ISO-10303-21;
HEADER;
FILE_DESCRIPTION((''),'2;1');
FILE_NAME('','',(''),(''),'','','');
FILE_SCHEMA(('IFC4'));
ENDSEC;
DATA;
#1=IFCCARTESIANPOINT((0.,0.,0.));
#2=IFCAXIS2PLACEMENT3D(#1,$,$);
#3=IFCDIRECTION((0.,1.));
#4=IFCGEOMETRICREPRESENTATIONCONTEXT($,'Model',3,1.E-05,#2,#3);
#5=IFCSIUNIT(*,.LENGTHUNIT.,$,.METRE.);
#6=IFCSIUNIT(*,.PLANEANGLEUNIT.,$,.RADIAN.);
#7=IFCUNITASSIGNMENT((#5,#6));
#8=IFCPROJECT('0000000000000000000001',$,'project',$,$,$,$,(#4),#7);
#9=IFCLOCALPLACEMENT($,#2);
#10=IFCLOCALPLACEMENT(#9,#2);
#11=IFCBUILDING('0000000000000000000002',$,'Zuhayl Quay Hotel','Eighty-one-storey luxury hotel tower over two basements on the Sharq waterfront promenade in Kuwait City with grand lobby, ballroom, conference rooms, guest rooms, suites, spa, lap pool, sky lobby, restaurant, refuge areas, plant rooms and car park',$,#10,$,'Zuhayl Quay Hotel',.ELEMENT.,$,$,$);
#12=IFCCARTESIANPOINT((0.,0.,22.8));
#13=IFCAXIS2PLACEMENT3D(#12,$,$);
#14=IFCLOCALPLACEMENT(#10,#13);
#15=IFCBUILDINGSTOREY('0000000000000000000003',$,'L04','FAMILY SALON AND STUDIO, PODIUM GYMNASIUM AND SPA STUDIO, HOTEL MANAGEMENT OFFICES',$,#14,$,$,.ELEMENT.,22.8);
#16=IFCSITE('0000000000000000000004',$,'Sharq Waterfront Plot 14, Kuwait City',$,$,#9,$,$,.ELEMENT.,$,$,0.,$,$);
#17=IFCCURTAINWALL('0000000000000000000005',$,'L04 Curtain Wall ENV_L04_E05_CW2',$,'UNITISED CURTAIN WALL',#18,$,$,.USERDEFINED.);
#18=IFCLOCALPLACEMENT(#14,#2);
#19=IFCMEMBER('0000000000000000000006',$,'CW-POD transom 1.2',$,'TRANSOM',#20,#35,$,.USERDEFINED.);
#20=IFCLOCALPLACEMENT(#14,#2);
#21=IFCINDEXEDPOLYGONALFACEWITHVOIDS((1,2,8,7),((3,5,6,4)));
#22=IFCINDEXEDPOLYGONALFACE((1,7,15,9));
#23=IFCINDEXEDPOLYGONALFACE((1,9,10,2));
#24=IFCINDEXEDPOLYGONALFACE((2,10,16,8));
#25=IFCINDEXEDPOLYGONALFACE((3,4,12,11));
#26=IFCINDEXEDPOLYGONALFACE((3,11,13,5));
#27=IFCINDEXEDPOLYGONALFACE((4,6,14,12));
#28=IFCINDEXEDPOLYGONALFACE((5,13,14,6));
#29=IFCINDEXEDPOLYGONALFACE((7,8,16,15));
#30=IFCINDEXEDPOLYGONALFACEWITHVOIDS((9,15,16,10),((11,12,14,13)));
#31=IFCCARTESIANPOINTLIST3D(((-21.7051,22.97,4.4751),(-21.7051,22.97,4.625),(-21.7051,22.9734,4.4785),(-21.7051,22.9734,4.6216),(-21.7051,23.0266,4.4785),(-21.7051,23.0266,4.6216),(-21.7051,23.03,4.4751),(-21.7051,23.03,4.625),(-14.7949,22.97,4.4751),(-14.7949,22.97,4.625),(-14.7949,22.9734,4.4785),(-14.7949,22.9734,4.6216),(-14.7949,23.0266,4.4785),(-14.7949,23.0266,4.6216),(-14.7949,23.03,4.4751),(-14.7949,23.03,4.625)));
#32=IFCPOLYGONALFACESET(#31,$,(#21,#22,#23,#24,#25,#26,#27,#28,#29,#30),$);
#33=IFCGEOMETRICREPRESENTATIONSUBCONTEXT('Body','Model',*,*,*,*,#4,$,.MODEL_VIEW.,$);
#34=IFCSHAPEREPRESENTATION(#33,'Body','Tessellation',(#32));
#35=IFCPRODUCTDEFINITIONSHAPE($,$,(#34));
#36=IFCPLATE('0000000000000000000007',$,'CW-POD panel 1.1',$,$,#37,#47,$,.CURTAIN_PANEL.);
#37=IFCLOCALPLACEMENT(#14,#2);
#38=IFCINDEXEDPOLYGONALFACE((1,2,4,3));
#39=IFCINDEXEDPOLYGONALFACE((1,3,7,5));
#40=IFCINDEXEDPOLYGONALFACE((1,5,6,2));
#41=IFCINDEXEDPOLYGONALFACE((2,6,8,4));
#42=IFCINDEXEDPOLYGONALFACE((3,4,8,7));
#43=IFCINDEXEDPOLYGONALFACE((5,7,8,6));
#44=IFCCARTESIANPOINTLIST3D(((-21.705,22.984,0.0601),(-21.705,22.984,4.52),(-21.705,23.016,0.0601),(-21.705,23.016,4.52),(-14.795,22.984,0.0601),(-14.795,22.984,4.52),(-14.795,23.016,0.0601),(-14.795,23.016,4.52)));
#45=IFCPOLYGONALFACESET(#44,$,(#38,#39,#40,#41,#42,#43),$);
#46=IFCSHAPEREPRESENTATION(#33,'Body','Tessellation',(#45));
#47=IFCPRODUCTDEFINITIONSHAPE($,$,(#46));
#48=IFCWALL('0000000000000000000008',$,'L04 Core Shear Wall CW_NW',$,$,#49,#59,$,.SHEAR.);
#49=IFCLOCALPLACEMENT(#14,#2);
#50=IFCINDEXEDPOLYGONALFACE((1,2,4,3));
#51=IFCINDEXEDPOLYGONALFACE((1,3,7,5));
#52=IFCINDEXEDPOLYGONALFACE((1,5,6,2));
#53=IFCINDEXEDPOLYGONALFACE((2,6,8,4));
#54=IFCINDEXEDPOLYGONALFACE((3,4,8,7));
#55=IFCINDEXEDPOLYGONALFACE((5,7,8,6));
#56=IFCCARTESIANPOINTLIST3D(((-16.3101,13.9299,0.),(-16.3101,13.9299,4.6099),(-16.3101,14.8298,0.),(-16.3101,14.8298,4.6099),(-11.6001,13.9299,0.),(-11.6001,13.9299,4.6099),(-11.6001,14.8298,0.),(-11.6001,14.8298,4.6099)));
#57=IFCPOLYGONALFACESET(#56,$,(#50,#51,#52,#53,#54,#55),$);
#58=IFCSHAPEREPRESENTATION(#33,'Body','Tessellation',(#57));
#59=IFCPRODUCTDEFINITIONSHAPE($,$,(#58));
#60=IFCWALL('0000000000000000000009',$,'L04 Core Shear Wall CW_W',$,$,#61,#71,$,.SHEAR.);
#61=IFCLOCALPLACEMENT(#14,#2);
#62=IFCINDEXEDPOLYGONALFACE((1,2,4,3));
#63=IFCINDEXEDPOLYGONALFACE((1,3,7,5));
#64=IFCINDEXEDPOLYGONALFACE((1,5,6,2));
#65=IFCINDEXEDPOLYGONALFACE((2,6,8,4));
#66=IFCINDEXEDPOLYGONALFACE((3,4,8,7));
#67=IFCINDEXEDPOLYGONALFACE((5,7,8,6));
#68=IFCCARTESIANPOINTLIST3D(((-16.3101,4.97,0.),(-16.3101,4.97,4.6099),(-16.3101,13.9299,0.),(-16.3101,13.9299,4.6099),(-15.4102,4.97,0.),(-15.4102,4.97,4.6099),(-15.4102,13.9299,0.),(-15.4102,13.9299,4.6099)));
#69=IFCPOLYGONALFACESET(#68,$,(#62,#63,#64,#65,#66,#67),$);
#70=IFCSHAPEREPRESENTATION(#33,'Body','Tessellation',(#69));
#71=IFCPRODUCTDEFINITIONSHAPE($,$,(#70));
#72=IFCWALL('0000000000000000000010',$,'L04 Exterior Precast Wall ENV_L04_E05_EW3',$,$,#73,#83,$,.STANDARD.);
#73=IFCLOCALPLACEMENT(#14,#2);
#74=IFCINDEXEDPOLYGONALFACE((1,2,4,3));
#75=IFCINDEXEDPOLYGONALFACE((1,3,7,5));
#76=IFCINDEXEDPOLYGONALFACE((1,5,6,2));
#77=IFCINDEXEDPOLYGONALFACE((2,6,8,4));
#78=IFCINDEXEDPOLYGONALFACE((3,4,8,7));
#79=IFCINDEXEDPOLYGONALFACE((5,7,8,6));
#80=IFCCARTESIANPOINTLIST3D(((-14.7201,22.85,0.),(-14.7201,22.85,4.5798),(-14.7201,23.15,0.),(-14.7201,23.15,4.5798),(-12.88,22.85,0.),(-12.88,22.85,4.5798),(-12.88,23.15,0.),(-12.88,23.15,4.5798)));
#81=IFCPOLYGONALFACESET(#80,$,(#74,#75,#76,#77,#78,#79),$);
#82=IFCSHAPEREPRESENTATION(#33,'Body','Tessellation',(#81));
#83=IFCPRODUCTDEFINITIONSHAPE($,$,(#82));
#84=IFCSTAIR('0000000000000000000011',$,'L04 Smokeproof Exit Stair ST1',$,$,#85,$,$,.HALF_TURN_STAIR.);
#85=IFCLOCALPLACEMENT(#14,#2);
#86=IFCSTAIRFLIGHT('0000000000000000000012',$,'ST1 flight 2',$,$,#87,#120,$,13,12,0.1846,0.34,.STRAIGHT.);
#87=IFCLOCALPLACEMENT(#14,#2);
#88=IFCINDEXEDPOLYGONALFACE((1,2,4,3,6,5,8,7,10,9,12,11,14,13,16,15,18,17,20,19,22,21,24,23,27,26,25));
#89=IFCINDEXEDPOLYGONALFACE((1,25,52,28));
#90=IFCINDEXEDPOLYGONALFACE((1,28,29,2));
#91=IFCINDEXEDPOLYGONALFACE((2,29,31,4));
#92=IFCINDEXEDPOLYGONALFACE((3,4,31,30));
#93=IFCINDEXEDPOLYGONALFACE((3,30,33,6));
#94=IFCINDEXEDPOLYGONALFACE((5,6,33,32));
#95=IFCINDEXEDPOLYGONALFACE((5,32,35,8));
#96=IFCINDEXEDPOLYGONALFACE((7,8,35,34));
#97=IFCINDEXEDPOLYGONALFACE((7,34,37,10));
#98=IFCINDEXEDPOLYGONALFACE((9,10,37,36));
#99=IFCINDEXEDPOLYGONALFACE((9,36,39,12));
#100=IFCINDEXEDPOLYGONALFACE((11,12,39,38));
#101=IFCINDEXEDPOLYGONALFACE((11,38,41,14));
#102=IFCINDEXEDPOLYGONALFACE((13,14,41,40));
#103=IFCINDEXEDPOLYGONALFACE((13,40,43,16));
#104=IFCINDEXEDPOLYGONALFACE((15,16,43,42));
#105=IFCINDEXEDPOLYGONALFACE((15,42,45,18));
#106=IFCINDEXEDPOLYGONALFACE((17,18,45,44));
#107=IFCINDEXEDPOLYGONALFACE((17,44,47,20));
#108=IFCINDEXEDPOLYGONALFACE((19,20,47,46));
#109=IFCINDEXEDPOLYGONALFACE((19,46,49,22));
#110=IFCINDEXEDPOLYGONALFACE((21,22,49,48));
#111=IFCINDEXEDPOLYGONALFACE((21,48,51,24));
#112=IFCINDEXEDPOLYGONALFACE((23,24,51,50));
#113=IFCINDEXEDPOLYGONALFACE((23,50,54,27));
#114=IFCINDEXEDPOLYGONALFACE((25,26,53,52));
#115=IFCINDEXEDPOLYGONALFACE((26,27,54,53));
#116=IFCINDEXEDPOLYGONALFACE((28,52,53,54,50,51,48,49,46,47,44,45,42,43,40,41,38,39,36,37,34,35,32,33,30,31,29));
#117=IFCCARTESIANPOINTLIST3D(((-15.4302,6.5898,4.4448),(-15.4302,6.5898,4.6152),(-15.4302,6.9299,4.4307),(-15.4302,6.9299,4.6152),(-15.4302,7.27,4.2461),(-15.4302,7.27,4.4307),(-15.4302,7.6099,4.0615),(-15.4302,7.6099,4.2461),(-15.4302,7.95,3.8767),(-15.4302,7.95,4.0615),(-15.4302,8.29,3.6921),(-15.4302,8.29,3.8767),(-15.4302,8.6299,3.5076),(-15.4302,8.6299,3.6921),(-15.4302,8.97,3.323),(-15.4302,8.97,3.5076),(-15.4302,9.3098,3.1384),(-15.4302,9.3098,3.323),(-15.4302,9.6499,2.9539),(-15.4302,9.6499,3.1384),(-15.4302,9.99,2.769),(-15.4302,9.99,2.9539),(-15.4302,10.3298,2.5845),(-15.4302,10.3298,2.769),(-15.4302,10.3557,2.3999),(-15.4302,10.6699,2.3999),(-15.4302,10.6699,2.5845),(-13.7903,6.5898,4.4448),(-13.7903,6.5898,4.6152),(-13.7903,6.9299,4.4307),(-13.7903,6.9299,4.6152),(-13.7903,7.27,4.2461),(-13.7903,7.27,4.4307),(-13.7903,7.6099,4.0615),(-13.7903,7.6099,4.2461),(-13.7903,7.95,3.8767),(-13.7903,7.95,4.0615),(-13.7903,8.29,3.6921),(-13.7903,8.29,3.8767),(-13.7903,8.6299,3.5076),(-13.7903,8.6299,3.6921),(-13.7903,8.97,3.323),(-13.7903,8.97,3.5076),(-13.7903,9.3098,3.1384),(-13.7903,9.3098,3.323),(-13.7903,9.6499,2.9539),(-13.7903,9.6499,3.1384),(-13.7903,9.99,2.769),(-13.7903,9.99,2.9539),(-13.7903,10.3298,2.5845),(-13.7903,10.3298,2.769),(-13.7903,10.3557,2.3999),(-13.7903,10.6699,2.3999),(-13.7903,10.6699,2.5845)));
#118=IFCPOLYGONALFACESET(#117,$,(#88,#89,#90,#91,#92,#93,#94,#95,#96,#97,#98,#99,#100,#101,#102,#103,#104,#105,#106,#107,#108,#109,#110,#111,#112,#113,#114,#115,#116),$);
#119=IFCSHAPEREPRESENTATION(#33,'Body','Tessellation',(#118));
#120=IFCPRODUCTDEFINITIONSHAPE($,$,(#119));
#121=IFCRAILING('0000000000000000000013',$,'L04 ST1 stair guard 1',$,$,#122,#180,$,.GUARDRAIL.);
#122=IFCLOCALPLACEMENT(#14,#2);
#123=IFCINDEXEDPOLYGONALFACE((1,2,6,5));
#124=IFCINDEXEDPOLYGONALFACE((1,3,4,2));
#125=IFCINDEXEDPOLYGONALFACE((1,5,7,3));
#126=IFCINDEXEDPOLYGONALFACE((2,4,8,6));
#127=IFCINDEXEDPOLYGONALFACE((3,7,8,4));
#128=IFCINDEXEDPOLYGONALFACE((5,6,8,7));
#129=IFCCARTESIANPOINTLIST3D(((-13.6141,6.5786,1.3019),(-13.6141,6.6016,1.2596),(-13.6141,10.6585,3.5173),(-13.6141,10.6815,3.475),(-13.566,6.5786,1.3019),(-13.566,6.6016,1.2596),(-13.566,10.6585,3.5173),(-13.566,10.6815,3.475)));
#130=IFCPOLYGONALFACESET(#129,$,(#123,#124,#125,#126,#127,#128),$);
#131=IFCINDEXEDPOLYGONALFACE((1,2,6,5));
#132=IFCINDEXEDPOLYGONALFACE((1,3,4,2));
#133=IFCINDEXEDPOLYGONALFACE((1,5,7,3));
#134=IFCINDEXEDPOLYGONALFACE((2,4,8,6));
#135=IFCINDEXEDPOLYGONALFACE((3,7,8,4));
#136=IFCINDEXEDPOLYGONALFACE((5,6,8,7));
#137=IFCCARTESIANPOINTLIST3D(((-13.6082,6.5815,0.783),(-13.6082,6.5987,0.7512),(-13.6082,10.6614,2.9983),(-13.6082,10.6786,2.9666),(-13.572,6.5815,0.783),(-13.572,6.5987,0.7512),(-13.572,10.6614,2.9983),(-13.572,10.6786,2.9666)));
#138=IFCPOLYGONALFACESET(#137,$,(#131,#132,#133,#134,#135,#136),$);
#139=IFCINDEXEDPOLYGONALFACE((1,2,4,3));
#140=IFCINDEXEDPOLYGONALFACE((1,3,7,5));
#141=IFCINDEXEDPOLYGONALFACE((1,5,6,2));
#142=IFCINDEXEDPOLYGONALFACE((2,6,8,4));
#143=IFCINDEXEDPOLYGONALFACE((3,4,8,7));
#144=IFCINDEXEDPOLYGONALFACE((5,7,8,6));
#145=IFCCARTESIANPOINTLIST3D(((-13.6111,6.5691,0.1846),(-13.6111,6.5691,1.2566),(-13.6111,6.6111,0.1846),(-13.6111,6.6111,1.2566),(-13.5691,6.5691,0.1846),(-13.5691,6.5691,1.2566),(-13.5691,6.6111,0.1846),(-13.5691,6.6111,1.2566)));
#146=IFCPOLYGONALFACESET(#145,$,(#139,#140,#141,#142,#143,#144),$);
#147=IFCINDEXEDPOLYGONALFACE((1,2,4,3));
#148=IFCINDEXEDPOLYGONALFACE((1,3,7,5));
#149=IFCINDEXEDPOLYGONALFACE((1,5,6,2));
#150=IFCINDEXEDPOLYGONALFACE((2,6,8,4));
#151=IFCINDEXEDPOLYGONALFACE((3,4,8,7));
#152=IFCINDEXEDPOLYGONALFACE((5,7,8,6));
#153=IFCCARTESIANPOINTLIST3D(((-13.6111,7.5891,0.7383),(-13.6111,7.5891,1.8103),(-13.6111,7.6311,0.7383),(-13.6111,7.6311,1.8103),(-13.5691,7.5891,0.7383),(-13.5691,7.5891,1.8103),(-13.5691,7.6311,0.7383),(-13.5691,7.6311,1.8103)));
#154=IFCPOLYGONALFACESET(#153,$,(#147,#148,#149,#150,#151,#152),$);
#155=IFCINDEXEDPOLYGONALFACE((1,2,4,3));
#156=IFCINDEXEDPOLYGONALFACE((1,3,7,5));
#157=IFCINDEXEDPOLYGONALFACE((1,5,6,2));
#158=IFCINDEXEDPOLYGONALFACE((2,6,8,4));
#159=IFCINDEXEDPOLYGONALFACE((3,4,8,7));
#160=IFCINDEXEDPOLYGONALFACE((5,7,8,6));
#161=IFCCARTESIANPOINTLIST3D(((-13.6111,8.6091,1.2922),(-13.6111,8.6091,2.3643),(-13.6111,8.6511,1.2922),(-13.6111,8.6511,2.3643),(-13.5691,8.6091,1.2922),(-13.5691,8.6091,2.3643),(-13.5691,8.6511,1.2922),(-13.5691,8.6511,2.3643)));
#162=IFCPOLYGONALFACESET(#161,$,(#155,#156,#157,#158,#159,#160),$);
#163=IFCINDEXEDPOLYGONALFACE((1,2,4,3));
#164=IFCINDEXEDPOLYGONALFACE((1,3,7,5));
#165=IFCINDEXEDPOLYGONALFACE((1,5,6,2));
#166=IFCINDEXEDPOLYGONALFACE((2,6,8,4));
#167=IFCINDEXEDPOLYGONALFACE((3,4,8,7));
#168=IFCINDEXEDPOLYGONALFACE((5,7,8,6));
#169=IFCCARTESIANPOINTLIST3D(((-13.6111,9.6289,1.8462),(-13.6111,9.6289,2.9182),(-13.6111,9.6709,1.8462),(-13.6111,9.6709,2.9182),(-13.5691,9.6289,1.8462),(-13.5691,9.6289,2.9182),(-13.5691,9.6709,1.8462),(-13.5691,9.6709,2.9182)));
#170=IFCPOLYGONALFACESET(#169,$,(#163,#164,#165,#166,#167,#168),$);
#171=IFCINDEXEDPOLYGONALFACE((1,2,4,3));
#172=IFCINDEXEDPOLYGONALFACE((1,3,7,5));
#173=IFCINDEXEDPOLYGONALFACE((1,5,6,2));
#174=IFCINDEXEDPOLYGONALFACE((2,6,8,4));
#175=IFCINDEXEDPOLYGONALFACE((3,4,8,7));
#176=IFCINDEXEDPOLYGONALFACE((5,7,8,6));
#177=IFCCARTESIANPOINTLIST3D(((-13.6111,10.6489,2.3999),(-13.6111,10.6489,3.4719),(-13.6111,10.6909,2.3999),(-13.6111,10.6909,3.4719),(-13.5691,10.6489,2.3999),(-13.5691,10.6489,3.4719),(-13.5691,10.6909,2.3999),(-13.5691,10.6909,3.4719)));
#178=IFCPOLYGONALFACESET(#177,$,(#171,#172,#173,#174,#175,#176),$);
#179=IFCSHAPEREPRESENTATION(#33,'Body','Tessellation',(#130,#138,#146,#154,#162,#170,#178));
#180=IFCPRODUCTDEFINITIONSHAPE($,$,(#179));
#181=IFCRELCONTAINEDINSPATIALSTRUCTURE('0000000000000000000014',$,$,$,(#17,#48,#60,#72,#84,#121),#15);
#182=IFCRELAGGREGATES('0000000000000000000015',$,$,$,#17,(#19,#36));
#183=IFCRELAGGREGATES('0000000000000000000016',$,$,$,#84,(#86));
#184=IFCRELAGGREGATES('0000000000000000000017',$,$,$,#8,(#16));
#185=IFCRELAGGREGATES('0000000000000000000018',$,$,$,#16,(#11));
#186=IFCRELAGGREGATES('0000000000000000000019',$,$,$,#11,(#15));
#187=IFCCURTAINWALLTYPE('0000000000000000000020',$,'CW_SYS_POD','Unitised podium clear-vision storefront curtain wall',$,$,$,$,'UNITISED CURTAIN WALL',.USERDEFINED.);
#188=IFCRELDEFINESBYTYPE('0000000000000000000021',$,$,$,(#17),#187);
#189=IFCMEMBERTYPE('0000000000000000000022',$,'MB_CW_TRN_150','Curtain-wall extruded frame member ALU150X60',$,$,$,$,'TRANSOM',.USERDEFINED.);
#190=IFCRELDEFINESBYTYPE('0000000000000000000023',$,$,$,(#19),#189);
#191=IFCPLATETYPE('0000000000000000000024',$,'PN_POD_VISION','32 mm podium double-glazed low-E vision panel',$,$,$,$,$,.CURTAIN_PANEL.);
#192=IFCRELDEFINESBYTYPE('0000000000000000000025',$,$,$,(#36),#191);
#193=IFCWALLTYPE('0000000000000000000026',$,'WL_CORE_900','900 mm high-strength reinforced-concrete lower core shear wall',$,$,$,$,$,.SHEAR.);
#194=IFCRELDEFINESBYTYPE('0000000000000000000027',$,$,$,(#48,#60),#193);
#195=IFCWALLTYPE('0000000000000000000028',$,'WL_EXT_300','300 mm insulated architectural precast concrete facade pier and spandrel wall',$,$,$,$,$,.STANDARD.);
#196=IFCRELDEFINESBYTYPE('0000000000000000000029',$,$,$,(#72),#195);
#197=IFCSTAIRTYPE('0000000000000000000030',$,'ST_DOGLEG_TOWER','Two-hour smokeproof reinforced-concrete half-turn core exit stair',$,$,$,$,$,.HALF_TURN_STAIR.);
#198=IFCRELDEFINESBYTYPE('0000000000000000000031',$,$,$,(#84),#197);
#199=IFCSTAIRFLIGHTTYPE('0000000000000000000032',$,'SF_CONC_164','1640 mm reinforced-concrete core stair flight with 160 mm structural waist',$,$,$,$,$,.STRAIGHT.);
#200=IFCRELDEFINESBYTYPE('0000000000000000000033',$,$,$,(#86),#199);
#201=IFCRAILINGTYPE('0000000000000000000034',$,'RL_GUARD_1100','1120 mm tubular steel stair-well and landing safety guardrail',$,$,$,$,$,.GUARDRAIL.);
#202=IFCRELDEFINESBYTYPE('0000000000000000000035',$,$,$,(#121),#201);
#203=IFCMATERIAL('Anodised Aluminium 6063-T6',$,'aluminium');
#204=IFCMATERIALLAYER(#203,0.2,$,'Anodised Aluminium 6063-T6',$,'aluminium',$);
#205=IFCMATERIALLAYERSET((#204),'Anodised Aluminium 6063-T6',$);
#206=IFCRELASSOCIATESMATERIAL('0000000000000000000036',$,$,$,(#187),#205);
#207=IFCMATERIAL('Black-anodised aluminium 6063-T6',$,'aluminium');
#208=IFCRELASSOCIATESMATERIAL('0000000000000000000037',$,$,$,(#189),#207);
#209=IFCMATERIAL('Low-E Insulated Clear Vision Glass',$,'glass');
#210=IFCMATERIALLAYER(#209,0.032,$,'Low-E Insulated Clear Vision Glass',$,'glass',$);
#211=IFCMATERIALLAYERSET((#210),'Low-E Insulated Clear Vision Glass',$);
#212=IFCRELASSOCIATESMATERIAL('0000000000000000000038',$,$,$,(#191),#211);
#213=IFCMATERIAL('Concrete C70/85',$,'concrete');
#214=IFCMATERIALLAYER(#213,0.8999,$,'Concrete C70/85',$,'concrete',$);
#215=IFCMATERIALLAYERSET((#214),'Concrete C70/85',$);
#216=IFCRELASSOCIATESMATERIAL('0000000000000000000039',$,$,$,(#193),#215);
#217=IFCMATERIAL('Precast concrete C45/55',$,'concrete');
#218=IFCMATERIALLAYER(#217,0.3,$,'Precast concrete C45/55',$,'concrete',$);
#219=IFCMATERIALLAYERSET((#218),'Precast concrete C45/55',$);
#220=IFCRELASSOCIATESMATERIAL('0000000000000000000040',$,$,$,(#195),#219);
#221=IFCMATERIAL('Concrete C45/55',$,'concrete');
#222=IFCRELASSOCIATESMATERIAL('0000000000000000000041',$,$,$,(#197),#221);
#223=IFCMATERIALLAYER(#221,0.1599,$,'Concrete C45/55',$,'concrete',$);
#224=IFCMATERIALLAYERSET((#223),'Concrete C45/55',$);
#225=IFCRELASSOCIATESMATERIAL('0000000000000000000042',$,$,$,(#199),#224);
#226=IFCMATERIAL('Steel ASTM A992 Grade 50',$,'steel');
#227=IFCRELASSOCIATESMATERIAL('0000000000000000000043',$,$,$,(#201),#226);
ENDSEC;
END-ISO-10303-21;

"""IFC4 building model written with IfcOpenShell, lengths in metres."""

from ifc_helpers import new_model, si_unit, direction, frame, frame_2d, origin, origin_2d, place, context, subcontext, project, spatial, polyline, rectangle, hollow_rectangle, outline, extrude, material, layer, layer_set, material_profile, profile_set, type_object, element, aggregate, save


model = new_model("IFC4")

# Units and contexts
model_context = context("Model", 3, precision=1e-05, world=origin(), true_north=direction((0.0, 1.0)))
body_context = subcontext(model_context, "Body", "Model", "MODEL_VIEW")
ifc_project = project(units=[si_unit("LENGTHUNIT", "METRE"), si_unit("PLANEANGLEUNIT", "RADIAN")], contexts=[model_context])

# Site, building, storey
site_placement = place(None, origin())
site = spatial("IfcSite", under=ifc_project, at=site_placement, Name="Sharq Waterfront Plot 14, Kuwait City", CompositionType="ELEMENT", RefElevation=0.0)
building_placement = place(site_placement, origin())
building = spatial("IfcBuilding", under=site, at=building_placement, Name="Zuhayl Quay Hotel", Description="Eighty-one-storey luxury hotel tower over two basements on the Sharq waterfront promenade in Kuwait City with grand lobby, ballroom, conference rooms, guest rooms, suites, spa, lap pool, sky lobby, restaurant, refuge areas, plant rooms and car park", LongName="Zuhayl Quay Hotel", CompositionType="ELEMENT")
storey_placement = place(building_placement, frame((0.0, 0.0, 22.8)))
storey = spatial("IfcBuildingStorey", under=building, at=storey_placement, Name="L04", Description="FAMILY SALON AND STUDIO, PODIUM GYMNASIUM AND SPA STUDIO, HOTEL MANAGEMENT OFFICES", CompositionType="ELEMENT", Elevation=22.8)

# Shared definitions
ifc_material_1 = material(Name="Concrete C70/85", Category="concrete")

# Shared definitions
ifc_material_2 = material(Name="Steel ASTM A992 Grade 50", Category="steel")

# Curtain wall, member, plate
ifc_material_3 = material(Name="Anodised Aluminium 6063-T6", Category="aluminium")
ifc_layer_1 = layer(ifc_material_3, 0.2, Name="Anodised Aluminium 6063-T6", Category="aluminium")
ifc_layer_set_1 = layer_set([ifc_layer_1], Name="Anodised Aluminium 6063-T6")
curtain_wall_type = type_object("IfcCurtainWallType", Name="CW_SYS_POD", Description="Unitised podium clear-vision storefront curtain wall", ElementType="UNITISED CURTAIN WALL", PredefinedType="USERDEFINED", material=ifc_layer_set_1)
curtain_wall_placement = place(storey_placement, origin())
curtain_wall = element("IfcCurtainWall", 1, at=curtain_wall_placement, inside=storey, type_object=curtain_wall_type, Name="L04 Curtain Wall ENV_L04_E05_CW2", ObjectType="UNITISED CURTAIN WALL", PredefinedType="USERDEFINED")
ifc_material_4 = material(Name="Black-anodised aluminium 6063-T6", Category="aluminium")
ifc_material_profile_1 = material_profile(ifc_material_4, hollow_rectangle(XDim=0.0601, YDim=0.1499, WallThickness=0.0034, at=origin_2d()), Name="ALU150X60")
ifc_profile_set_1 = profile_set([ifc_material_profile_1], Name="Black-anodised aluminium 6063-T6")
member_type_1 = type_object("IfcMemberType", Name="MB_CW_TRN_150", Description="Curtain-wall extruded frame member ALU150X60", ElementType="TRANSOM", PredefinedType="USERDEFINED", material=ifc_profile_set_1)
member_1_placement = place(storey_placement, frame((-21.7051, 23.0, 4.55), z_axis=(1.0, 0.0, 0.0), x_axis=(0.0, 1.0, 0.0)))
member_1 = element("IfcMember", 2, at=member_1_placement, type_object=member_type_1, Name="CW-POD transom 1.2", ObjectType="TRANSOM", PredefinedType="USERDEFINED", context=body_context, shape_type="SweptSolid", body=[
    extrude(hollow_rectangle(XDim=0.0601, YDim=0.1499, WallThickness=0.0034, at=origin_2d()), origin(), (0.0, 0.0, 1.0), 6.9102),
])
ifc_material_5 = material(Name="Low-E Insulated Clear Vision Glass", Category="glass")
ifc_layer_2 = layer(ifc_material_5, 0.032, Name="Low-E Insulated Clear Vision Glass", Category="glass")
ifc_layer_set_2 = layer_set([ifc_layer_2], Name="Low-E Insulated Clear Vision Glass")
plate_type = type_object("IfcPlateType", Name="PN_POD_VISION", Description="32 mm podium double-glazed low-E vision panel", PredefinedType="CURTAIN_PANEL", material=ifc_layer_set_2)
plate_placement = place(storey_placement, frame((-18.25, 23.0, 0.0601), z_axis=(0.0, 0.0, 1.0), x_axis=(1.0, 0.0, 0.0)))
plate = element("IfcPlate", 3, at=plate_placement, type_object=plate_type, Name="CW-POD panel 1.1", PredefinedType="CURTAIN_PANEL", context=body_context, shape_type="SweptSolid", body=[
    extrude(rectangle(XDim=6.9099, YDim=0.032, at=origin_2d()), origin(), (0.0, 0.0, 1.0), 4.46),
])
aggregate(curtain_wall, [member_1, plate])

# Walls
ifc_layer_3 = layer(ifc_material_1, 0.8999, Name="Concrete C70/85", Category="concrete")
ifc_layer_set_3 = layer_set([ifc_layer_3], Name="Concrete C70/85")
wall_type_1 = type_object("IfcWallType", Name="WL_CORE_900", Description="900 mm high-strength reinforced-concrete lower core shear wall", PredefinedType="SHEAR", material=ifc_layer_set_3)
wall_1_placement = place(storey_placement, frame((-16.3101, 14.3799, 0.0), z_axis=(0.0, 0.0, 1.0), x_axis=(1.0, 0.0, 0.0)))
element("IfcWall", 4, at=wall_1_placement, inside=storey, type_object=wall_type_1, Name="L04 Core Shear Wall CW_NW", PredefinedType="SHEAR", context=body_context, shape_type="SweptSolid", body=[
    extrude(rectangle(XDim=4.71, YDim=0.8999, at=frame_2d((2.355, 0.0))), origin(), (0.0, 0.0, 1.0), 4.6099),
])
wall_2_placement = place(storey_placement, frame((-15.8601, 4.97, 0.0), z_axis=(0.0, 0.0, 1.0), x_axis=(0.0, 1.0, 0.0)))
element("IfcWall", 5, at=wall_2_placement, inside=storey, type_object=wall_type_1, Name="L04 Core Shear Wall CW_W", PredefinedType="SHEAR", context=body_context, shape_type="SweptSolid", body=[
    extrude(rectangle(XDim=8.96, YDim=0.8999, at=frame_2d((4.48, 0.0))), origin(), (0.0, 0.0, 1.0), 4.6099),
])
ifc_material_6 = material(Name="Precast concrete C45/55", Category="concrete")
ifc_layer_4 = layer(ifc_material_6, 0.3, Name="Precast concrete C45/55", Category="concrete")
ifc_layer_set_4 = layer_set([ifc_layer_4], Name="Precast concrete C45/55")
wall_type_2 = type_object("IfcWallType", Name="WL_EXT_300", Description="300 mm insulated architectural precast concrete facade pier and spandrel wall", PredefinedType="STANDARD", material=ifc_layer_set_4)
wall_3_placement = place(storey_placement, frame((-14.72, 23.0, 0.0), z_axis=(0.0, 0.0, 1.0), x_axis=(1.0, 0.0, 0.0)))
element("IfcWall", 6, at=wall_3_placement, inside=storey, type_object=wall_type_2, Name="L04 Exterior Precast Wall ENV_L04_E05_EW3", PredefinedType="STANDARD", context=body_context, shape_type="SweptSolid", body=[
    extrude(rectangle(XDim=1.8401, YDim=0.3, at=frame_2d((0.9199, 0.0))), origin(), (0.0, 0.0, 1.0), 4.5798),
])

# Stair, stair flight
ifc_material_7 = material(Name="Concrete C45/55", Category="concrete")
stair_type = type_object("IfcStairType", Name="ST_DOGLEG_TOWER", Description="Two-hour smokeproof reinforced-concrete half-turn core exit stair", PredefinedType="HALF_TURN_STAIR", material=ifc_material_7)
stair_placement = place(storey_placement, origin())
stair = element("IfcStair", 7, at=stair_placement, inside=storey, type_object=stair_type, Name="L04 Smokeproof Exit Stair ST1", PredefinedType="HALF_TURN_STAIR")
ifc_layer_5 = layer(ifc_material_7, 0.1599, Name="Concrete C45/55", Category="concrete")
ifc_layer_set_5 = layer_set([ifc_layer_5], Name="Concrete C45/55")
stair_flight_type = type_object("IfcStairFlightType", Name="SF_CONC_164", Description="1640 mm reinforced-concrete core stair flight with 160 mm structural waist", PredefinedType="STRAIGHT", material=ifc_layer_set_5)
stair_flight_placement = place(storey_placement, frame((-14.6101, 10.6699, 2.3999), z_axis=(0.0, 0.0, 1.0), x_axis=(0.0, -1.0, 0.0)))
stair_flight = element("IfcStairFlight", 8, at=stair_flight_placement, type_object=stair_flight_type, Name="ST1 flight 2", NumberOfRisers=13, NumberOfTreads=12, PredefinedType="STRAIGHT", RiserHeight=0.1846, TreadLength=0.34, context=body_context, shape_type="SweptSolid", body=[
    extrude(outline(polyline([(0.0, 0.0), (0.0, 0.1846), (0.3401, 0.1846), (0.3401, 0.3691), (0.6799, 0.3691), (0.6799, 0.554), (1.02, 0.554), (1.02, 0.7385), (1.3601, 0.7385), (1.3601, 0.9231), (1.7, 0.9231), (1.7, 1.1077), (2.04, 1.1077), (2.04, 1.2922), (2.3799, 1.2922), (2.3799, 1.4768), (2.72, 1.4768), (2.72, 1.6616), (3.0601, 1.6616), (3.0601, 1.8462), (3.3999, 1.8462), (3.3999, 2.0308), (3.74, 2.0308), (3.74, 2.2153), (4.0801, 2.2153), (4.0801, 2.3999), (4.0801, 2.0449), (0.3142, 0.0), (0.0, 0.0)])), frame((0.0, 0.8198, 0.0), z_axis=(0.0, -1.0, 0.0), x_axis=(1.0, 0.0, 0.0)), (0.0, 0.0, 1.0), 1.6399),
])
aggregate(stair, [stair_flight])

# Railing
railing_type_1 = type_object("IfcRailingType", Name="RL_GUARD_1100", Description="1120 mm tubular steel stair-well and landing safety guardrail", PredefinedType="GUARDRAIL", material=ifc_material_2)
railing_1_placement = place(storey_placement, frame((-13.5901, 6.5901, 0.1846)))
element("IfcRailing", 9, at=railing_1_placement, inside=storey, type_object=railing_type_1, Name="L04 ST1 stair guard 1", PredefinedType="GUARDRAIL", context=body_context, shape_type="SweptSolid", body=[
    extrude(rectangle(XDim=0.0481, YDim=0.0481, at=origin_2d()), frame((0.0, 0.0, 1.0962), z_axis=(0.0, 0.878802, 0.477186), x_axis=(-1.0, 0.0, 0.0)), (0.0, 0.0, 1.0), 4.6426),
    extrude(rectangle(XDim=0.0361, YDim=0.0361, at=origin_2d()), frame((0.0, 0.0, 0.5825), z_axis=(0.0, 0.878802, 0.477186), x_axis=(-1.0, 0.0, 0.0)), (0.0, 0.0, 1.0), 4.6426),
    extrude(rectangle(XDim=0.042, YDim=0.042, at=origin_2d()), origin(), (0.0, 0.0, 1.0), 1.072),
    extrude(rectangle(XDim=0.042, YDim=0.042, at=origin_2d()), frame((0.0, 1.02, 0.5537)), (0.0, 0.0, 1.0), 1.072),
    extrude(rectangle(XDim=0.042, YDim=0.042, at=origin_2d()), frame((0.0, 2.04, 1.1077)), (0.0, 0.0, 1.0), 1.072),
    extrude(rectangle(XDim=0.042, YDim=0.042, at=origin_2d()), frame((0.0, 3.0598, 1.6616)), (0.0, 0.0, 1.0), 1.072),
    extrude(rectangle(XDim=0.042, YDim=0.042, at=origin_2d()), frame((0.0, 4.0798, 2.2153)), (0.0, 0.0, 1.0), 1.072),
])

save(model, "model.ifc")
